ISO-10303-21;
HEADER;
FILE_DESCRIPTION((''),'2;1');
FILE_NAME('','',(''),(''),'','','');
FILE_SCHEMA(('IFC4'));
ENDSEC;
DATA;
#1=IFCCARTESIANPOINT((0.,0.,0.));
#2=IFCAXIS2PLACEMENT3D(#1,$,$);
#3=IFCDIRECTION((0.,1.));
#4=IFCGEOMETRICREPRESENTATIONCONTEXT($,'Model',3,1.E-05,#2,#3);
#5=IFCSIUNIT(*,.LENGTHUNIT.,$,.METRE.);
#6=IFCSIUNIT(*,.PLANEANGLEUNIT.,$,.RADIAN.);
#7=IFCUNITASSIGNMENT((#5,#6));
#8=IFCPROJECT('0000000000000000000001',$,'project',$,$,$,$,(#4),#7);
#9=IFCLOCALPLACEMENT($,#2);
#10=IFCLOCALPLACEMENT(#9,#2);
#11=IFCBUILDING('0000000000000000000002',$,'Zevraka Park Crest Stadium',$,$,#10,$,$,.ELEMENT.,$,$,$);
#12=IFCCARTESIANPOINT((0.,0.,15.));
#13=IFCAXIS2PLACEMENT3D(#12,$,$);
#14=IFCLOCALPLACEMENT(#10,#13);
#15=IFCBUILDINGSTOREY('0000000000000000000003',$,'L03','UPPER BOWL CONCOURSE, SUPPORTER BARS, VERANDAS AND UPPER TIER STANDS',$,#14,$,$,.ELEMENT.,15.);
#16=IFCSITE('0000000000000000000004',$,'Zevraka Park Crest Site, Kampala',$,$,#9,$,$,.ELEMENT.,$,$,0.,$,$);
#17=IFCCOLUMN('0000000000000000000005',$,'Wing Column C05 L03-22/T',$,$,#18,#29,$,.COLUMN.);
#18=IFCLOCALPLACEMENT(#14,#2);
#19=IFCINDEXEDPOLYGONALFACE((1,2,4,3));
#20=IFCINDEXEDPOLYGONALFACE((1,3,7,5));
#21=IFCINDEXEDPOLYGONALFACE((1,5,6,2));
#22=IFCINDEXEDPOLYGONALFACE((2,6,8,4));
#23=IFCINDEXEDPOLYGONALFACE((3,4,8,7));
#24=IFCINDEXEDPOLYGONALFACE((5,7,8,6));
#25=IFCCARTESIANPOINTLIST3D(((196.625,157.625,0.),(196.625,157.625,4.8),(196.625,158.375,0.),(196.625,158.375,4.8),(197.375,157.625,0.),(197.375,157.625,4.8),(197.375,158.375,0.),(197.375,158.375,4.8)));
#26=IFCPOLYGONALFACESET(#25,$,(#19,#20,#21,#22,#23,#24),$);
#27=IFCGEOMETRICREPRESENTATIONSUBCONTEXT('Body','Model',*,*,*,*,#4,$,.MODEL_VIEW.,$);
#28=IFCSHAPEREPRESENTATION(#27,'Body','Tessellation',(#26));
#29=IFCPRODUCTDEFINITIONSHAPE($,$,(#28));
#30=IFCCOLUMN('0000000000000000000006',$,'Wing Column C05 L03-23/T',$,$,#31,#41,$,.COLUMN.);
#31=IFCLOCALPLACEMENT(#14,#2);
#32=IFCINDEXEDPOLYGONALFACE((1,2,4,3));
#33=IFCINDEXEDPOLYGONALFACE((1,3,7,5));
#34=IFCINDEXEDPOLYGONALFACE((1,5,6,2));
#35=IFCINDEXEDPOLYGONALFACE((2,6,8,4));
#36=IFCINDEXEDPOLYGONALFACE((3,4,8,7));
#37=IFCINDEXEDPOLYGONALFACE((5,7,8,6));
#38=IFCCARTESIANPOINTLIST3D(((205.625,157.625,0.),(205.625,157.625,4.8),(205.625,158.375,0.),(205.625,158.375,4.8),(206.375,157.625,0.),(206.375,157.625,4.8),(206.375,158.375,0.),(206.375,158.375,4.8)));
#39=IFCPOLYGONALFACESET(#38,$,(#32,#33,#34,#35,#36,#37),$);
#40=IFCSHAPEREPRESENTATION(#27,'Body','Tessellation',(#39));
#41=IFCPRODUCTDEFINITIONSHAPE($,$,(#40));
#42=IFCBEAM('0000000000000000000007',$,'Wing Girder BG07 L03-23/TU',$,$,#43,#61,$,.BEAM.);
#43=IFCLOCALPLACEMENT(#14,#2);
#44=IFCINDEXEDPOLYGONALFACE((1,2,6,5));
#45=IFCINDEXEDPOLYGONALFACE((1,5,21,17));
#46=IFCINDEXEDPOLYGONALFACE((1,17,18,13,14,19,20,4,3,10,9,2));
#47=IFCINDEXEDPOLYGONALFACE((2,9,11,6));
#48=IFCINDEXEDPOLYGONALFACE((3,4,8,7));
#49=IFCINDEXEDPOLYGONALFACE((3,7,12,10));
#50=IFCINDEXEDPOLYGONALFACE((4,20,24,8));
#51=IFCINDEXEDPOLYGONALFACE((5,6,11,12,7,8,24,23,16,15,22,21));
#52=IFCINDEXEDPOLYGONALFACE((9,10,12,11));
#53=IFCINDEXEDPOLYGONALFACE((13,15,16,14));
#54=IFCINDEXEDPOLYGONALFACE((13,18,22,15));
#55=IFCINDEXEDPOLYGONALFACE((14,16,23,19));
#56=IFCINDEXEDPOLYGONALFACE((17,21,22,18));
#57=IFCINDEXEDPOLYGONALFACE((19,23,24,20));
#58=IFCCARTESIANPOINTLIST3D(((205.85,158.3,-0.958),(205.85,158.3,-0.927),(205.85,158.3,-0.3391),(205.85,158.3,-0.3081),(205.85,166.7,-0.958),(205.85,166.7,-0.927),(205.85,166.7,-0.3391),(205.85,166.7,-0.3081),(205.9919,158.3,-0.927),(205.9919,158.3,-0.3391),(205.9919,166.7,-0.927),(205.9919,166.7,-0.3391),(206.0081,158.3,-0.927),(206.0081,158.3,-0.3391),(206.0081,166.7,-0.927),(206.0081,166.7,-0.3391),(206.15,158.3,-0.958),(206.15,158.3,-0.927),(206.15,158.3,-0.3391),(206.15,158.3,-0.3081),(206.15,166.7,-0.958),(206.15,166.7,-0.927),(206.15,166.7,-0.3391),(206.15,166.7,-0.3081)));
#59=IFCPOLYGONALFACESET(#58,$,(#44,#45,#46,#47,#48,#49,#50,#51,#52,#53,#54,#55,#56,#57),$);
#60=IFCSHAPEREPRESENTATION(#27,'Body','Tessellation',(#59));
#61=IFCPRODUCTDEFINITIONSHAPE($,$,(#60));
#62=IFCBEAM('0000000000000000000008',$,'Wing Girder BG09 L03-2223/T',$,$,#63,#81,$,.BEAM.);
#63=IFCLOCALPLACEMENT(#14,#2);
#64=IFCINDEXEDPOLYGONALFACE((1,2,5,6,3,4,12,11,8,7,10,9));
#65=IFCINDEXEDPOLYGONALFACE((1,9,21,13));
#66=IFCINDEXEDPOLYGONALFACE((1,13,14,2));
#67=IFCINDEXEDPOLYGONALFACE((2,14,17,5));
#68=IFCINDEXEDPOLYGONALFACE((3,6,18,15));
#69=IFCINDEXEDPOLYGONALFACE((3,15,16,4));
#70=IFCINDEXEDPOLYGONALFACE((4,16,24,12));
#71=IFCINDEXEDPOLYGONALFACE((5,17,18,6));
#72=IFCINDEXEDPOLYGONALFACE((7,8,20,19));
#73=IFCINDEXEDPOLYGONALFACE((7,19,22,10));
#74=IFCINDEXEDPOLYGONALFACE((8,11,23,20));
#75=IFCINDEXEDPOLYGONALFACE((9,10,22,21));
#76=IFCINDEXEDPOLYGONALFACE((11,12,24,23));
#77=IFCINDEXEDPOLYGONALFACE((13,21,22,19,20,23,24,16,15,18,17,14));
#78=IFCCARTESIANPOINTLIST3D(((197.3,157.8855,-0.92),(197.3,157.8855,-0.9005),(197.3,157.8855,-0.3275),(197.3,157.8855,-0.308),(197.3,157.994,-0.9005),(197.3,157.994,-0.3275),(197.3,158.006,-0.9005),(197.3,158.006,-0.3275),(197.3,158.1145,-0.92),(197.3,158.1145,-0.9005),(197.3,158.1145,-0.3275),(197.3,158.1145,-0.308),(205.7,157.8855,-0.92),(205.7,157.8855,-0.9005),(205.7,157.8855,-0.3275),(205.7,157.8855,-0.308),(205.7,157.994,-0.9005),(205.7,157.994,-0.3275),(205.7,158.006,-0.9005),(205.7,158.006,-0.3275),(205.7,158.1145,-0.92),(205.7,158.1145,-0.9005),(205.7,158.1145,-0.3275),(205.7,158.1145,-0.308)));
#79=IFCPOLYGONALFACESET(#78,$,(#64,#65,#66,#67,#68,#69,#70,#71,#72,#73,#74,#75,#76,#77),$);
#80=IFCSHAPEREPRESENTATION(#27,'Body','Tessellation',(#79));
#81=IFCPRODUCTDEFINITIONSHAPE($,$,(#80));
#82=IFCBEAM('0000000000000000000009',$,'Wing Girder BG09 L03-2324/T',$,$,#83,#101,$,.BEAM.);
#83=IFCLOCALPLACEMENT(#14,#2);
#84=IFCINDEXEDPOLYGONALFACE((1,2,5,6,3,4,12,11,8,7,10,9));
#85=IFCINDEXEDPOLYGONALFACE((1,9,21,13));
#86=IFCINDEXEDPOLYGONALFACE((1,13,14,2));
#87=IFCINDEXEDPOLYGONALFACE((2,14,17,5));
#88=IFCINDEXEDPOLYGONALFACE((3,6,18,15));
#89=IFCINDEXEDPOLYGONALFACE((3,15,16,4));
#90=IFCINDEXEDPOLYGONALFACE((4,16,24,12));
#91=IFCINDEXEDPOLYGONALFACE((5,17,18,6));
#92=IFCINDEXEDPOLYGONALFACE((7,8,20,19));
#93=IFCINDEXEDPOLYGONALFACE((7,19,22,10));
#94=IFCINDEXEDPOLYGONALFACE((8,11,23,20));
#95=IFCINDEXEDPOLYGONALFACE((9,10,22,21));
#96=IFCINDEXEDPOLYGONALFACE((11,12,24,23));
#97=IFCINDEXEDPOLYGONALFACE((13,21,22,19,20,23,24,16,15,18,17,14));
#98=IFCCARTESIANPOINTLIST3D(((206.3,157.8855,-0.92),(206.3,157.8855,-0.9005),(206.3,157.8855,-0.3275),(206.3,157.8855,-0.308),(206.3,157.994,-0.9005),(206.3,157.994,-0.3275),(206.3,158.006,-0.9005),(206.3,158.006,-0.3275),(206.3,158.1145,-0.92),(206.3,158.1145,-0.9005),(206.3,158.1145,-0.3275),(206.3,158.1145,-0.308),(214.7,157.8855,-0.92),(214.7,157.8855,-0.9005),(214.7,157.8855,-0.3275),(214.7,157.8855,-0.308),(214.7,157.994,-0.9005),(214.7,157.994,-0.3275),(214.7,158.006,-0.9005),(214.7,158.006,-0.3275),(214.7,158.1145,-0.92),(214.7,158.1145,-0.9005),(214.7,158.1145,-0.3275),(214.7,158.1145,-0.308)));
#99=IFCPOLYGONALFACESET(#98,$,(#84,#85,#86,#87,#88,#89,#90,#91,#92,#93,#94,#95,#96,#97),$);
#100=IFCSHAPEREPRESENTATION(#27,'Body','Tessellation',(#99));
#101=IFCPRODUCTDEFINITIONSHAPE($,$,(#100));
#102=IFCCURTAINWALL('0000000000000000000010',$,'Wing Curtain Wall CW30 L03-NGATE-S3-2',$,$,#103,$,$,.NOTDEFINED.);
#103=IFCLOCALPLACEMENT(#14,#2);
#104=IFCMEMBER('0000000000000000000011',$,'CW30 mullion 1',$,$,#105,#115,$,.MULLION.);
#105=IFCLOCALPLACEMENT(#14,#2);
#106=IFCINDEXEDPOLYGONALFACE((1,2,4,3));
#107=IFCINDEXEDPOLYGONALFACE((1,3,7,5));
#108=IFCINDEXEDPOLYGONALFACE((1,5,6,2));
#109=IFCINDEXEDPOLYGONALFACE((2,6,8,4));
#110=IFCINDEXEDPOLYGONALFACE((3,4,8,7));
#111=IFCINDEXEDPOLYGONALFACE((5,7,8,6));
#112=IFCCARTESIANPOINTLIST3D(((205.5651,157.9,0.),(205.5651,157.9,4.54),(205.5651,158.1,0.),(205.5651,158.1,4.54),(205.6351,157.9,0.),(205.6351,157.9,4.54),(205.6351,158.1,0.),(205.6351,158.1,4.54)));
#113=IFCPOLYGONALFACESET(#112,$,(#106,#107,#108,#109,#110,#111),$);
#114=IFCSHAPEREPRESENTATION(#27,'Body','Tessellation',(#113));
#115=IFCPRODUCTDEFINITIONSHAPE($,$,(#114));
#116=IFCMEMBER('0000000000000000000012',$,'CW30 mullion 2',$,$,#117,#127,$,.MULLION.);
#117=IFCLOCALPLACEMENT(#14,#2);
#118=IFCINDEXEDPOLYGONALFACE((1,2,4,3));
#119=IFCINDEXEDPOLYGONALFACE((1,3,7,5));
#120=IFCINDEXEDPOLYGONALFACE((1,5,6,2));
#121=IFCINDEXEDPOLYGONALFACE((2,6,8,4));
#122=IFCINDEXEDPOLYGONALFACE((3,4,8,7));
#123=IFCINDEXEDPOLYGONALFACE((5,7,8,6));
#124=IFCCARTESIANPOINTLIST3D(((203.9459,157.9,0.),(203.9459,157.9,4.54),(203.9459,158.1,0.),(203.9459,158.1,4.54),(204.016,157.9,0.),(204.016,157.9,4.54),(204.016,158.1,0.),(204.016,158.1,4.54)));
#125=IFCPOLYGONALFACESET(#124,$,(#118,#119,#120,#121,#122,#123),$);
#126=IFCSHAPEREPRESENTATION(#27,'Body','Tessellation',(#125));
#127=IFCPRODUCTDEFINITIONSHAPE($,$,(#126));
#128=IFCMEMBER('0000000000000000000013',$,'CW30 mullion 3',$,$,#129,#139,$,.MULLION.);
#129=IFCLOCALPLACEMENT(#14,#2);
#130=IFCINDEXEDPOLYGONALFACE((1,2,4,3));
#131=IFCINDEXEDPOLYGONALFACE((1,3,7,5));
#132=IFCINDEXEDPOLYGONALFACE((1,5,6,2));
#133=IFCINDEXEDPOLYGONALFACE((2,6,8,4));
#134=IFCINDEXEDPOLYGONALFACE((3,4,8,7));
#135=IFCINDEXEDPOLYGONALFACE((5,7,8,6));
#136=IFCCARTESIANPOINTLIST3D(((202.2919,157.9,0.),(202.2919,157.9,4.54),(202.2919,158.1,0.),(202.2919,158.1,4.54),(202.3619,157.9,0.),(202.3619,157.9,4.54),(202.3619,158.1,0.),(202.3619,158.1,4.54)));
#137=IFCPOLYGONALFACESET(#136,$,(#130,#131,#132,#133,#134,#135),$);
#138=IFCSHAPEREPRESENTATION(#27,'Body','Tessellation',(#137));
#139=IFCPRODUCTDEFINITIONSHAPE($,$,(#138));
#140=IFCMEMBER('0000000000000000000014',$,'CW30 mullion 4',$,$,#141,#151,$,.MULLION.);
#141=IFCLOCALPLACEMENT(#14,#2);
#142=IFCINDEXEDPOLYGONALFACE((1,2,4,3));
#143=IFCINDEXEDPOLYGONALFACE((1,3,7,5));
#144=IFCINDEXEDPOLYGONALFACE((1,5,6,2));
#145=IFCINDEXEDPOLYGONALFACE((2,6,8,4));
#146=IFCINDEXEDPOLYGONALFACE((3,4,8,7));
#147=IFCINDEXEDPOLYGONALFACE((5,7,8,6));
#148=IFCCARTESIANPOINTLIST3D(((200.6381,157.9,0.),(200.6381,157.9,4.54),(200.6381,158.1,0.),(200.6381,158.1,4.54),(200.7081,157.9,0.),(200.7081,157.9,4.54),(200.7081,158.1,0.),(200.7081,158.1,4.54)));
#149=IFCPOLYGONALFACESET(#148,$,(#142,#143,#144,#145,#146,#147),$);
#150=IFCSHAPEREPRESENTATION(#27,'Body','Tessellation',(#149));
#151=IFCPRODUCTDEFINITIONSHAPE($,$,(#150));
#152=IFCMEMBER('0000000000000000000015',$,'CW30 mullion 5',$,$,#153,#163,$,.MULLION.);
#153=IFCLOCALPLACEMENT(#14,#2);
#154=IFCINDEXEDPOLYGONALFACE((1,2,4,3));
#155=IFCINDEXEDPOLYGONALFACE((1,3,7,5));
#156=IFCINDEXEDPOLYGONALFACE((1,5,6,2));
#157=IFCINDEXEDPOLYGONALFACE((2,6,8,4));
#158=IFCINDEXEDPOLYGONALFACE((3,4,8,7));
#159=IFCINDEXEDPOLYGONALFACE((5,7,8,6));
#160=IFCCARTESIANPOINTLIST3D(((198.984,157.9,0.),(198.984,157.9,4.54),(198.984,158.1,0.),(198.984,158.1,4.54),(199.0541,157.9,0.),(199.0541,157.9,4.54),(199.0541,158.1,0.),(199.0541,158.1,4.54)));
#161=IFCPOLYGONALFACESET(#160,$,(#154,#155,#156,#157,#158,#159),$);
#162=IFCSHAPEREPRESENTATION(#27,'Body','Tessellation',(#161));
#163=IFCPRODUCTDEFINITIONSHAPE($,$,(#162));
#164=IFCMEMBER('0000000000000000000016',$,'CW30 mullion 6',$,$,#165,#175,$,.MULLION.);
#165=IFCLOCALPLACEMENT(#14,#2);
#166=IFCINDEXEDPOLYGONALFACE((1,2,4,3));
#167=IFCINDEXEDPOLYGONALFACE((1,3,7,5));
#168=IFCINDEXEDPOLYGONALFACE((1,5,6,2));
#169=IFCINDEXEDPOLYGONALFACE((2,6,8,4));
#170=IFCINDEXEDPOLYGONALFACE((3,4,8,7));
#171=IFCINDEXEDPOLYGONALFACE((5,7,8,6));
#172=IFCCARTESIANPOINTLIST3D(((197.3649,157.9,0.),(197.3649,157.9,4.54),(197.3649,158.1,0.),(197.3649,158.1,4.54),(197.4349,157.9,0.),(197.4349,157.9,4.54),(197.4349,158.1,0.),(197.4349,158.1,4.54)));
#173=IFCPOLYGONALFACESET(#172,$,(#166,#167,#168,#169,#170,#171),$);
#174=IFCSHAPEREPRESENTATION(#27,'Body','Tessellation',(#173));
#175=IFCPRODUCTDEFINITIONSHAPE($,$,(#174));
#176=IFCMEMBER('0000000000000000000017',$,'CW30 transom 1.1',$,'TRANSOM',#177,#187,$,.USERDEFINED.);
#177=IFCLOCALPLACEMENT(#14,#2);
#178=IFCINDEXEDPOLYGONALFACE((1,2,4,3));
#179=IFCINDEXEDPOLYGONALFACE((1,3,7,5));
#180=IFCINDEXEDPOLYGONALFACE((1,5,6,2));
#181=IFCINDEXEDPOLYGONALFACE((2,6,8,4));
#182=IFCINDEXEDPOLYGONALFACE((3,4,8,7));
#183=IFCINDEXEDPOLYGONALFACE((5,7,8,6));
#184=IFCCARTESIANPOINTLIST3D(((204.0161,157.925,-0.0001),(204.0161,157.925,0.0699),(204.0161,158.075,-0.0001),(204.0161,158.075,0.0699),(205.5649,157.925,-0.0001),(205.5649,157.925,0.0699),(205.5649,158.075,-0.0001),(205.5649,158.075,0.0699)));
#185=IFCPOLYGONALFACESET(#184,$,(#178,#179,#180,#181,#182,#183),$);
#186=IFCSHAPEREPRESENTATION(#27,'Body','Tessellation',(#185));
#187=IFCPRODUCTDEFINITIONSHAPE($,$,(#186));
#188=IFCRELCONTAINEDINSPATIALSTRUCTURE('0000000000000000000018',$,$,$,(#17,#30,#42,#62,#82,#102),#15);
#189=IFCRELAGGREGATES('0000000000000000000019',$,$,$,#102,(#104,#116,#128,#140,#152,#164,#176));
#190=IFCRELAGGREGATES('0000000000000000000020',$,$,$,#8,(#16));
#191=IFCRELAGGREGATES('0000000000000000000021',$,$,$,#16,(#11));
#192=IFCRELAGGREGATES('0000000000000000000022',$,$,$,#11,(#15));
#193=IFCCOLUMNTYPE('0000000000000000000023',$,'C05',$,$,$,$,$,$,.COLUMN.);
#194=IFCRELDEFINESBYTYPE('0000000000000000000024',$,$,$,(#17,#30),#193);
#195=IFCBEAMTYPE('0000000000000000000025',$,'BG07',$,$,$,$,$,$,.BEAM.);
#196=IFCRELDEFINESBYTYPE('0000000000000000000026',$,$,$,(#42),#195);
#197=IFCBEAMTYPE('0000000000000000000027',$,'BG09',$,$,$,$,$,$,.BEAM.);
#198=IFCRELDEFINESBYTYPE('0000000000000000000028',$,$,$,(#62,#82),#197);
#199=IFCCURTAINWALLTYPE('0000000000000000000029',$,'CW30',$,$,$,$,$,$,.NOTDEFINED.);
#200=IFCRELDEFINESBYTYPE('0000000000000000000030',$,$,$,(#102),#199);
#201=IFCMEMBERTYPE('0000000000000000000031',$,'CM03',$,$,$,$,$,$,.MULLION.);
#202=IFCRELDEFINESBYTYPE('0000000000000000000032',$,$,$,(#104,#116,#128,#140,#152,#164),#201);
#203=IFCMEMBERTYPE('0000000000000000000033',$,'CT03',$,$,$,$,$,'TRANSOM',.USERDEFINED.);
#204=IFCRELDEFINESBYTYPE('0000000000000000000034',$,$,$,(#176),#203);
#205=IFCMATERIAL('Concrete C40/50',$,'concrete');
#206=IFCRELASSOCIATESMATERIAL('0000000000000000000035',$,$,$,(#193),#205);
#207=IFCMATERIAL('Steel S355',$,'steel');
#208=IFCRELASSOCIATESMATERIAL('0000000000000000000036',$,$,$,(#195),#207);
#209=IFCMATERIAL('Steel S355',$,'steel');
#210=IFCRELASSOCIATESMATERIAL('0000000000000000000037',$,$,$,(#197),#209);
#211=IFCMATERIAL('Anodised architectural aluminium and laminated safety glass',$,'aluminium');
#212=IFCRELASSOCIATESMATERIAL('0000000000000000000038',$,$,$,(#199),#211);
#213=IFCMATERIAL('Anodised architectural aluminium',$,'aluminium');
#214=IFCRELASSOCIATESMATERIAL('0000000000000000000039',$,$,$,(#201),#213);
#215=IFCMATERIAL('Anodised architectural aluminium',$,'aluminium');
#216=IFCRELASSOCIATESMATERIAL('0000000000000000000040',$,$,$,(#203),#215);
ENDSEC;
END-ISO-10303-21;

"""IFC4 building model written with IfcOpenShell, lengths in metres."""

from ifc_helpers import new_model, si_unit, direction, frame, origin, origin_2d, place, context, subcontext, project, spatial, rectangle, i_section, extrude, material, material_profile, profile_set, type_object, element, aggregate, save


model = new_model("IFC4")

# Units and contexts
model_context = context("Model", 3, precision=1e-05, world=origin(), true_north=direction((0.0, 1.0)))
body_context = subcontext(model_context, "Body", "Model", "MODEL_VIEW")
ifc_project = project(units=[si_unit("LENGTHUNIT", "METRE"), si_unit("PLANEANGLEUNIT", "RADIAN")], contexts=[model_context])

# Site, building, storey
site_placement = place(None, origin())
site = spatial("IfcSite", under=ifc_project, at=site_placement, Name="Zevraka Park Crest Site, Kampala", CompositionType="ELEMENT", RefElevation=0.0)
building_placement = place(site_placement, origin())
building = spatial("IfcBuilding", under=site, at=building_placement, Name="Zevraka Park Crest Stadium", CompositionType="ELEMENT")
storey_placement = place(building_placement, frame((0.0, 0.0, 15.0)))
storey = spatial("IfcBuildingStorey", under=building, at=storey_placement, Name="L03", Description="UPPER BOWL CONCOURSE, SUPPORTER BARS, VERANDAS AND UPPER TIER STANDS", CompositionType="ELEMENT", Elevation=15.0)

# Columns
ifc_material_1 = material(Name="Concrete C40/50", Category="concrete")
ifc_material_profile_1 = material_profile(ifc_material_1, rectangle(XDim=0.75, YDim=0.75, at=origin_2d()), Name="RC 750x750")
ifc_profile_set_1 = profile_set([ifc_material_profile_1], Name="Concrete C40/50")
column_type = type_object("IfcColumnType", Name="C05", PredefinedType="COLUMN", material=ifc_profile_set_1)
for number, where, z_axis, x_axis, name in (
    (1, (197.0, 158.0, 0.0), (0.0, 0.0, 1.0), (1.0, 0.0, 0.0), "Wing Column C05 L03-22/T"),
    (2, (206.0, 158.0, 0.0), (0.0, 0.0, 1.0), (1.0, 0.0, 0.0), "Wing Column C05 L03-23/T"),
):
    element("IfcColumn", number, at=place(storey_placement, frame(where, z_axis=z_axis, x_axis=x_axis)), inside=storey, type_object=column_type, Name=name, PredefinedType="COLUMN", context=body_context, shape_type="SweptSolid", body=[
        extrude(rectangle(XDim=0.75, YDim=0.75, at=origin_2d()), origin(), (0.0, 0.0, 1.0), 4.8),
    ])

# Beams
ifc_material_2 = material(Name="Steel S355", Category="steel")
ifc_material_profile_2 = material_profile(ifc_material_2, i_section(OverallWidth=0.3, OverallDepth=0.6499, WebThickness=0.0161, FlangeThickness=0.031, at=origin_2d()), Name="HEB 650")
ifc_profile_set_2 = profile_set([ifc_material_profile_2], Name="Steel S355")
beam_type_1 = type_object("IfcBeamType", Name="BG07", PredefinedType="BEAM", material=ifc_profile_set_2)
beam_1_placement = place(storey_placement, frame((206.0, 158.3, -0.6331), z_axis=(0.0, 1.0, 0.0), x_axis=(-1.0, 0.0, 0.0)))
element("IfcBeam", 3, at=beam_1_placement, inside=storey, type_object=beam_type_1, Name="Wing Girder BG07 L03-23/TU", PredefinedType="BEAM", context=body_context, shape_type="SweptSolid", body=[
    extrude(i_section(OverallWidth=0.3, OverallDepth=0.6499, WebThickness=0.0161, FlangeThickness=0.031, at=origin_2d()), origin(), (0.0, 0.0, 1.0), 8.3999),
])
ifc_material_3 = material(Name="Steel S355", Category="steel")
ifc_material_profile_3 = material_profile(ifc_material_3, i_section(OverallWidth=0.229, OverallDepth=0.6121, WebThickness=0.012, FlangeThickness=0.0195, at=origin_2d()), Name="UKB 610x229x125")
ifc_profile_set_3 = profile_set([ifc_material_profile_3], Name="Steel S355")
beam_type_2 = type_object("IfcBeamType", Name="BG09", PredefinedType="BEAM", material=ifc_profile_set_3)
for number, where, z_axis, x_axis, name in (
    (4, (197.3, 158.0, -0.614), (1.0, 0.0, 0.0), (0.0, 1.0, 0.0), "Wing Girder BG09 L03-2223/T"),
    (5, (206.3, 158.0, -0.614), (1.0, 0.0, 0.0), (0.0, 1.0, 0.0), "Wing Girder BG09 L03-2324/T"),
):
    element("IfcBeam", number, at=place(storey_placement, frame(where, z_axis=z_axis, x_axis=x_axis)), inside=storey, type_object=beam_type_2, Name=name, PredefinedType="BEAM", context=body_context, shape_type="SweptSolid", body=[
        extrude(i_section(OverallWidth=0.229, OverallDepth=0.6121, WebThickness=0.012, FlangeThickness=0.0195, at=origin_2d()), origin(), (0.0, 0.0, 1.0), 8.3999),
    ])

# Curtain wall, members
ifc_material_4 = material(Name="Anodised architectural aluminium and laminated safety glass", Category="aluminium")
curtain_wall_type = type_object("IfcCurtainWallType", Name="CW30", PredefinedType="NOTDEFINED", material=ifc_material_4)
curtain_wall_placement = place(storey_placement, origin())
curtain_wall = element("IfcCurtainWall", 6, at=curtain_wall_placement, inside=storey, type_object=curtain_wall_type, Name="Wing Curtain Wall CW30 L03-NGATE-S3-2", PredefinedType="NOTDEFINED")
ifc_material_5 = material(Name="Anodised architectural aluminium", Category="aluminium")
ifc_material_profile_4 = material_profile(ifc_material_5, rectangle(XDim=0.2, YDim=0.0701, at=origin_2d()), Name="ALU MULLION 200x70")
ifc_profile_set_4 = profile_set([ifc_material_profile_4], Name="Anodised architectural aluminium")
member_type_1 = type_object("IfcMemberType", Name="CM03", PredefinedType="MULLION", material=ifc_profile_set_4)
member_1_placement = place(storey_placement, frame((205.6001, 158.0, 0.0), z_axis=(0.0, 0.0, 1.0), x_axis=(0.0, -1.0, 0.0)))
member_1 = element("IfcMember", 7, at=member_1_placement, type_object=member_type_1, Name="CW30 mullion 1", PredefinedType="MULLION", context=body_context, shape_type="SweptSolid", body=[
    extrude(rectangle(XDim=0.2, YDim=0.0701, at=origin_2d()), origin(), (0.0, 0.0, 1.0), 4.54),
])
member_2_placement = place(storey_placement, frame((203.981, 158.0, 0.0), z_axis=(0.0, 0.0, 1.0), x_axis=(0.0, -1.0, 0.0)))
member_2 = element("IfcMember", 8, at=member_2_placement, type_object=member_type_1, Name="CW30 mullion 2", PredefinedType="MULLION", context=body_context, shape_type="SweptSolid", body=[
    extrude(rectangle(XDim=0.2, YDim=0.0701, at=origin_2d()), origin(), (0.0, 0.0, 1.0), 4.54),
])
member_3_placement = place(storey_placement, frame((202.3269, 158.0, 0.0), z_axis=(0.0, 0.0, 1.0), x_axis=(0.0, -1.0, 0.0)))
member_3 = element("IfcMember", 9, at=member_3_placement, type_object=member_type_1, Name="CW30 mullion 3", PredefinedType="MULLION", context=body_context, shape_type="SweptSolid", body=[
    extrude(rectangle(XDim=0.2, YDim=0.0701, at=origin_2d()), origin(), (0.0, 0.0, 1.0), 4.54),
])
member_4_placement = place(storey_placement, frame((200.6731, 158.0, 0.0), z_axis=(0.0, 0.0, 1.0), x_axis=(0.0, -1.0, 0.0)))
member_4 = element("IfcMember", 10, at=member_4_placement, type_object=member_type_1, Name="CW30 mullion 4", PredefinedType="MULLION", context=body_context, shape_type="SweptSolid", body=[
    extrude(rectangle(XDim=0.2, YDim=0.0701, at=origin_2d()), origin(), (0.0, 0.0, 1.0), 4.54),
])
member_5_placement = place(storey_placement, frame((199.019, 158.0, 0.0), z_axis=(0.0, 0.0, 1.0), x_axis=(0.0, -1.0, 0.0)))
member_5 = element("IfcMember", 11, at=member_5_placement, type_object=member_type_1, Name="CW30 mullion 5", PredefinedType="MULLION", context=body_context, shape_type="SweptSolid", body=[
    extrude(rectangle(XDim=0.2, YDim=0.0701, at=origin_2d()), origin(), (0.0, 0.0, 1.0), 4.54),
])
member_6_placement = place(storey_placement, frame((197.3999, 158.0, 0.0), z_axis=(0.0, 0.0, 1.0), x_axis=(0.0, -1.0, 0.0)))
member_6 = element("IfcMember", 12, at=member_6_placement, type_object=member_type_1, Name="CW30 mullion 6", PredefinedType="MULLION", context=body_context, shape_type="SweptSolid", body=[
    extrude(rectangle(XDim=0.2, YDim=0.0701, at=origin_2d()), origin(), (0.0, 0.0, 1.0), 4.54),
])
ifc_material_6 = material(Name="Anodised architectural aluminium", Category="aluminium")
ifc_material_profile_5 = material_profile(ifc_material_6, rectangle(XDim=0.1499, YDim=0.0701, at=origin_2d()), Name="ALU TRANSOM 150x70")
ifc_profile_set_5 = profile_set([ifc_material_profile_5], Name="Anodised architectural aluminium")
member_type_2 = type_object("IfcMemberType", Name="CT03", ElementType="TRANSOM", PredefinedType="USERDEFINED", material=ifc_profile_set_5)
member_7_placement = place(storey_placement, frame((205.5649, 158.0, 0.0349), z_axis=(-1.0, 0.0, 0.0), x_axis=(0.0, -1.0, 0.0)))
member_7 = element("IfcMember", 13, at=member_7_placement, type_object=member_type_2, Name="CW30 transom 1.1", ObjectType="TRANSOM", PredefinedType="USERDEFINED", context=body_context, shape_type="SweptSolid", body=[
    extrude(rectangle(XDim=0.1499, YDim=0.0701, at=origin_2d()), origin(), (0.0, 0.0, 1.0), 1.5488),
])

aggregate(curtain_wall, [member_1, member_2, member_3, member_4, member_5, member_6, member_7])

save(model, "model.ifc")
